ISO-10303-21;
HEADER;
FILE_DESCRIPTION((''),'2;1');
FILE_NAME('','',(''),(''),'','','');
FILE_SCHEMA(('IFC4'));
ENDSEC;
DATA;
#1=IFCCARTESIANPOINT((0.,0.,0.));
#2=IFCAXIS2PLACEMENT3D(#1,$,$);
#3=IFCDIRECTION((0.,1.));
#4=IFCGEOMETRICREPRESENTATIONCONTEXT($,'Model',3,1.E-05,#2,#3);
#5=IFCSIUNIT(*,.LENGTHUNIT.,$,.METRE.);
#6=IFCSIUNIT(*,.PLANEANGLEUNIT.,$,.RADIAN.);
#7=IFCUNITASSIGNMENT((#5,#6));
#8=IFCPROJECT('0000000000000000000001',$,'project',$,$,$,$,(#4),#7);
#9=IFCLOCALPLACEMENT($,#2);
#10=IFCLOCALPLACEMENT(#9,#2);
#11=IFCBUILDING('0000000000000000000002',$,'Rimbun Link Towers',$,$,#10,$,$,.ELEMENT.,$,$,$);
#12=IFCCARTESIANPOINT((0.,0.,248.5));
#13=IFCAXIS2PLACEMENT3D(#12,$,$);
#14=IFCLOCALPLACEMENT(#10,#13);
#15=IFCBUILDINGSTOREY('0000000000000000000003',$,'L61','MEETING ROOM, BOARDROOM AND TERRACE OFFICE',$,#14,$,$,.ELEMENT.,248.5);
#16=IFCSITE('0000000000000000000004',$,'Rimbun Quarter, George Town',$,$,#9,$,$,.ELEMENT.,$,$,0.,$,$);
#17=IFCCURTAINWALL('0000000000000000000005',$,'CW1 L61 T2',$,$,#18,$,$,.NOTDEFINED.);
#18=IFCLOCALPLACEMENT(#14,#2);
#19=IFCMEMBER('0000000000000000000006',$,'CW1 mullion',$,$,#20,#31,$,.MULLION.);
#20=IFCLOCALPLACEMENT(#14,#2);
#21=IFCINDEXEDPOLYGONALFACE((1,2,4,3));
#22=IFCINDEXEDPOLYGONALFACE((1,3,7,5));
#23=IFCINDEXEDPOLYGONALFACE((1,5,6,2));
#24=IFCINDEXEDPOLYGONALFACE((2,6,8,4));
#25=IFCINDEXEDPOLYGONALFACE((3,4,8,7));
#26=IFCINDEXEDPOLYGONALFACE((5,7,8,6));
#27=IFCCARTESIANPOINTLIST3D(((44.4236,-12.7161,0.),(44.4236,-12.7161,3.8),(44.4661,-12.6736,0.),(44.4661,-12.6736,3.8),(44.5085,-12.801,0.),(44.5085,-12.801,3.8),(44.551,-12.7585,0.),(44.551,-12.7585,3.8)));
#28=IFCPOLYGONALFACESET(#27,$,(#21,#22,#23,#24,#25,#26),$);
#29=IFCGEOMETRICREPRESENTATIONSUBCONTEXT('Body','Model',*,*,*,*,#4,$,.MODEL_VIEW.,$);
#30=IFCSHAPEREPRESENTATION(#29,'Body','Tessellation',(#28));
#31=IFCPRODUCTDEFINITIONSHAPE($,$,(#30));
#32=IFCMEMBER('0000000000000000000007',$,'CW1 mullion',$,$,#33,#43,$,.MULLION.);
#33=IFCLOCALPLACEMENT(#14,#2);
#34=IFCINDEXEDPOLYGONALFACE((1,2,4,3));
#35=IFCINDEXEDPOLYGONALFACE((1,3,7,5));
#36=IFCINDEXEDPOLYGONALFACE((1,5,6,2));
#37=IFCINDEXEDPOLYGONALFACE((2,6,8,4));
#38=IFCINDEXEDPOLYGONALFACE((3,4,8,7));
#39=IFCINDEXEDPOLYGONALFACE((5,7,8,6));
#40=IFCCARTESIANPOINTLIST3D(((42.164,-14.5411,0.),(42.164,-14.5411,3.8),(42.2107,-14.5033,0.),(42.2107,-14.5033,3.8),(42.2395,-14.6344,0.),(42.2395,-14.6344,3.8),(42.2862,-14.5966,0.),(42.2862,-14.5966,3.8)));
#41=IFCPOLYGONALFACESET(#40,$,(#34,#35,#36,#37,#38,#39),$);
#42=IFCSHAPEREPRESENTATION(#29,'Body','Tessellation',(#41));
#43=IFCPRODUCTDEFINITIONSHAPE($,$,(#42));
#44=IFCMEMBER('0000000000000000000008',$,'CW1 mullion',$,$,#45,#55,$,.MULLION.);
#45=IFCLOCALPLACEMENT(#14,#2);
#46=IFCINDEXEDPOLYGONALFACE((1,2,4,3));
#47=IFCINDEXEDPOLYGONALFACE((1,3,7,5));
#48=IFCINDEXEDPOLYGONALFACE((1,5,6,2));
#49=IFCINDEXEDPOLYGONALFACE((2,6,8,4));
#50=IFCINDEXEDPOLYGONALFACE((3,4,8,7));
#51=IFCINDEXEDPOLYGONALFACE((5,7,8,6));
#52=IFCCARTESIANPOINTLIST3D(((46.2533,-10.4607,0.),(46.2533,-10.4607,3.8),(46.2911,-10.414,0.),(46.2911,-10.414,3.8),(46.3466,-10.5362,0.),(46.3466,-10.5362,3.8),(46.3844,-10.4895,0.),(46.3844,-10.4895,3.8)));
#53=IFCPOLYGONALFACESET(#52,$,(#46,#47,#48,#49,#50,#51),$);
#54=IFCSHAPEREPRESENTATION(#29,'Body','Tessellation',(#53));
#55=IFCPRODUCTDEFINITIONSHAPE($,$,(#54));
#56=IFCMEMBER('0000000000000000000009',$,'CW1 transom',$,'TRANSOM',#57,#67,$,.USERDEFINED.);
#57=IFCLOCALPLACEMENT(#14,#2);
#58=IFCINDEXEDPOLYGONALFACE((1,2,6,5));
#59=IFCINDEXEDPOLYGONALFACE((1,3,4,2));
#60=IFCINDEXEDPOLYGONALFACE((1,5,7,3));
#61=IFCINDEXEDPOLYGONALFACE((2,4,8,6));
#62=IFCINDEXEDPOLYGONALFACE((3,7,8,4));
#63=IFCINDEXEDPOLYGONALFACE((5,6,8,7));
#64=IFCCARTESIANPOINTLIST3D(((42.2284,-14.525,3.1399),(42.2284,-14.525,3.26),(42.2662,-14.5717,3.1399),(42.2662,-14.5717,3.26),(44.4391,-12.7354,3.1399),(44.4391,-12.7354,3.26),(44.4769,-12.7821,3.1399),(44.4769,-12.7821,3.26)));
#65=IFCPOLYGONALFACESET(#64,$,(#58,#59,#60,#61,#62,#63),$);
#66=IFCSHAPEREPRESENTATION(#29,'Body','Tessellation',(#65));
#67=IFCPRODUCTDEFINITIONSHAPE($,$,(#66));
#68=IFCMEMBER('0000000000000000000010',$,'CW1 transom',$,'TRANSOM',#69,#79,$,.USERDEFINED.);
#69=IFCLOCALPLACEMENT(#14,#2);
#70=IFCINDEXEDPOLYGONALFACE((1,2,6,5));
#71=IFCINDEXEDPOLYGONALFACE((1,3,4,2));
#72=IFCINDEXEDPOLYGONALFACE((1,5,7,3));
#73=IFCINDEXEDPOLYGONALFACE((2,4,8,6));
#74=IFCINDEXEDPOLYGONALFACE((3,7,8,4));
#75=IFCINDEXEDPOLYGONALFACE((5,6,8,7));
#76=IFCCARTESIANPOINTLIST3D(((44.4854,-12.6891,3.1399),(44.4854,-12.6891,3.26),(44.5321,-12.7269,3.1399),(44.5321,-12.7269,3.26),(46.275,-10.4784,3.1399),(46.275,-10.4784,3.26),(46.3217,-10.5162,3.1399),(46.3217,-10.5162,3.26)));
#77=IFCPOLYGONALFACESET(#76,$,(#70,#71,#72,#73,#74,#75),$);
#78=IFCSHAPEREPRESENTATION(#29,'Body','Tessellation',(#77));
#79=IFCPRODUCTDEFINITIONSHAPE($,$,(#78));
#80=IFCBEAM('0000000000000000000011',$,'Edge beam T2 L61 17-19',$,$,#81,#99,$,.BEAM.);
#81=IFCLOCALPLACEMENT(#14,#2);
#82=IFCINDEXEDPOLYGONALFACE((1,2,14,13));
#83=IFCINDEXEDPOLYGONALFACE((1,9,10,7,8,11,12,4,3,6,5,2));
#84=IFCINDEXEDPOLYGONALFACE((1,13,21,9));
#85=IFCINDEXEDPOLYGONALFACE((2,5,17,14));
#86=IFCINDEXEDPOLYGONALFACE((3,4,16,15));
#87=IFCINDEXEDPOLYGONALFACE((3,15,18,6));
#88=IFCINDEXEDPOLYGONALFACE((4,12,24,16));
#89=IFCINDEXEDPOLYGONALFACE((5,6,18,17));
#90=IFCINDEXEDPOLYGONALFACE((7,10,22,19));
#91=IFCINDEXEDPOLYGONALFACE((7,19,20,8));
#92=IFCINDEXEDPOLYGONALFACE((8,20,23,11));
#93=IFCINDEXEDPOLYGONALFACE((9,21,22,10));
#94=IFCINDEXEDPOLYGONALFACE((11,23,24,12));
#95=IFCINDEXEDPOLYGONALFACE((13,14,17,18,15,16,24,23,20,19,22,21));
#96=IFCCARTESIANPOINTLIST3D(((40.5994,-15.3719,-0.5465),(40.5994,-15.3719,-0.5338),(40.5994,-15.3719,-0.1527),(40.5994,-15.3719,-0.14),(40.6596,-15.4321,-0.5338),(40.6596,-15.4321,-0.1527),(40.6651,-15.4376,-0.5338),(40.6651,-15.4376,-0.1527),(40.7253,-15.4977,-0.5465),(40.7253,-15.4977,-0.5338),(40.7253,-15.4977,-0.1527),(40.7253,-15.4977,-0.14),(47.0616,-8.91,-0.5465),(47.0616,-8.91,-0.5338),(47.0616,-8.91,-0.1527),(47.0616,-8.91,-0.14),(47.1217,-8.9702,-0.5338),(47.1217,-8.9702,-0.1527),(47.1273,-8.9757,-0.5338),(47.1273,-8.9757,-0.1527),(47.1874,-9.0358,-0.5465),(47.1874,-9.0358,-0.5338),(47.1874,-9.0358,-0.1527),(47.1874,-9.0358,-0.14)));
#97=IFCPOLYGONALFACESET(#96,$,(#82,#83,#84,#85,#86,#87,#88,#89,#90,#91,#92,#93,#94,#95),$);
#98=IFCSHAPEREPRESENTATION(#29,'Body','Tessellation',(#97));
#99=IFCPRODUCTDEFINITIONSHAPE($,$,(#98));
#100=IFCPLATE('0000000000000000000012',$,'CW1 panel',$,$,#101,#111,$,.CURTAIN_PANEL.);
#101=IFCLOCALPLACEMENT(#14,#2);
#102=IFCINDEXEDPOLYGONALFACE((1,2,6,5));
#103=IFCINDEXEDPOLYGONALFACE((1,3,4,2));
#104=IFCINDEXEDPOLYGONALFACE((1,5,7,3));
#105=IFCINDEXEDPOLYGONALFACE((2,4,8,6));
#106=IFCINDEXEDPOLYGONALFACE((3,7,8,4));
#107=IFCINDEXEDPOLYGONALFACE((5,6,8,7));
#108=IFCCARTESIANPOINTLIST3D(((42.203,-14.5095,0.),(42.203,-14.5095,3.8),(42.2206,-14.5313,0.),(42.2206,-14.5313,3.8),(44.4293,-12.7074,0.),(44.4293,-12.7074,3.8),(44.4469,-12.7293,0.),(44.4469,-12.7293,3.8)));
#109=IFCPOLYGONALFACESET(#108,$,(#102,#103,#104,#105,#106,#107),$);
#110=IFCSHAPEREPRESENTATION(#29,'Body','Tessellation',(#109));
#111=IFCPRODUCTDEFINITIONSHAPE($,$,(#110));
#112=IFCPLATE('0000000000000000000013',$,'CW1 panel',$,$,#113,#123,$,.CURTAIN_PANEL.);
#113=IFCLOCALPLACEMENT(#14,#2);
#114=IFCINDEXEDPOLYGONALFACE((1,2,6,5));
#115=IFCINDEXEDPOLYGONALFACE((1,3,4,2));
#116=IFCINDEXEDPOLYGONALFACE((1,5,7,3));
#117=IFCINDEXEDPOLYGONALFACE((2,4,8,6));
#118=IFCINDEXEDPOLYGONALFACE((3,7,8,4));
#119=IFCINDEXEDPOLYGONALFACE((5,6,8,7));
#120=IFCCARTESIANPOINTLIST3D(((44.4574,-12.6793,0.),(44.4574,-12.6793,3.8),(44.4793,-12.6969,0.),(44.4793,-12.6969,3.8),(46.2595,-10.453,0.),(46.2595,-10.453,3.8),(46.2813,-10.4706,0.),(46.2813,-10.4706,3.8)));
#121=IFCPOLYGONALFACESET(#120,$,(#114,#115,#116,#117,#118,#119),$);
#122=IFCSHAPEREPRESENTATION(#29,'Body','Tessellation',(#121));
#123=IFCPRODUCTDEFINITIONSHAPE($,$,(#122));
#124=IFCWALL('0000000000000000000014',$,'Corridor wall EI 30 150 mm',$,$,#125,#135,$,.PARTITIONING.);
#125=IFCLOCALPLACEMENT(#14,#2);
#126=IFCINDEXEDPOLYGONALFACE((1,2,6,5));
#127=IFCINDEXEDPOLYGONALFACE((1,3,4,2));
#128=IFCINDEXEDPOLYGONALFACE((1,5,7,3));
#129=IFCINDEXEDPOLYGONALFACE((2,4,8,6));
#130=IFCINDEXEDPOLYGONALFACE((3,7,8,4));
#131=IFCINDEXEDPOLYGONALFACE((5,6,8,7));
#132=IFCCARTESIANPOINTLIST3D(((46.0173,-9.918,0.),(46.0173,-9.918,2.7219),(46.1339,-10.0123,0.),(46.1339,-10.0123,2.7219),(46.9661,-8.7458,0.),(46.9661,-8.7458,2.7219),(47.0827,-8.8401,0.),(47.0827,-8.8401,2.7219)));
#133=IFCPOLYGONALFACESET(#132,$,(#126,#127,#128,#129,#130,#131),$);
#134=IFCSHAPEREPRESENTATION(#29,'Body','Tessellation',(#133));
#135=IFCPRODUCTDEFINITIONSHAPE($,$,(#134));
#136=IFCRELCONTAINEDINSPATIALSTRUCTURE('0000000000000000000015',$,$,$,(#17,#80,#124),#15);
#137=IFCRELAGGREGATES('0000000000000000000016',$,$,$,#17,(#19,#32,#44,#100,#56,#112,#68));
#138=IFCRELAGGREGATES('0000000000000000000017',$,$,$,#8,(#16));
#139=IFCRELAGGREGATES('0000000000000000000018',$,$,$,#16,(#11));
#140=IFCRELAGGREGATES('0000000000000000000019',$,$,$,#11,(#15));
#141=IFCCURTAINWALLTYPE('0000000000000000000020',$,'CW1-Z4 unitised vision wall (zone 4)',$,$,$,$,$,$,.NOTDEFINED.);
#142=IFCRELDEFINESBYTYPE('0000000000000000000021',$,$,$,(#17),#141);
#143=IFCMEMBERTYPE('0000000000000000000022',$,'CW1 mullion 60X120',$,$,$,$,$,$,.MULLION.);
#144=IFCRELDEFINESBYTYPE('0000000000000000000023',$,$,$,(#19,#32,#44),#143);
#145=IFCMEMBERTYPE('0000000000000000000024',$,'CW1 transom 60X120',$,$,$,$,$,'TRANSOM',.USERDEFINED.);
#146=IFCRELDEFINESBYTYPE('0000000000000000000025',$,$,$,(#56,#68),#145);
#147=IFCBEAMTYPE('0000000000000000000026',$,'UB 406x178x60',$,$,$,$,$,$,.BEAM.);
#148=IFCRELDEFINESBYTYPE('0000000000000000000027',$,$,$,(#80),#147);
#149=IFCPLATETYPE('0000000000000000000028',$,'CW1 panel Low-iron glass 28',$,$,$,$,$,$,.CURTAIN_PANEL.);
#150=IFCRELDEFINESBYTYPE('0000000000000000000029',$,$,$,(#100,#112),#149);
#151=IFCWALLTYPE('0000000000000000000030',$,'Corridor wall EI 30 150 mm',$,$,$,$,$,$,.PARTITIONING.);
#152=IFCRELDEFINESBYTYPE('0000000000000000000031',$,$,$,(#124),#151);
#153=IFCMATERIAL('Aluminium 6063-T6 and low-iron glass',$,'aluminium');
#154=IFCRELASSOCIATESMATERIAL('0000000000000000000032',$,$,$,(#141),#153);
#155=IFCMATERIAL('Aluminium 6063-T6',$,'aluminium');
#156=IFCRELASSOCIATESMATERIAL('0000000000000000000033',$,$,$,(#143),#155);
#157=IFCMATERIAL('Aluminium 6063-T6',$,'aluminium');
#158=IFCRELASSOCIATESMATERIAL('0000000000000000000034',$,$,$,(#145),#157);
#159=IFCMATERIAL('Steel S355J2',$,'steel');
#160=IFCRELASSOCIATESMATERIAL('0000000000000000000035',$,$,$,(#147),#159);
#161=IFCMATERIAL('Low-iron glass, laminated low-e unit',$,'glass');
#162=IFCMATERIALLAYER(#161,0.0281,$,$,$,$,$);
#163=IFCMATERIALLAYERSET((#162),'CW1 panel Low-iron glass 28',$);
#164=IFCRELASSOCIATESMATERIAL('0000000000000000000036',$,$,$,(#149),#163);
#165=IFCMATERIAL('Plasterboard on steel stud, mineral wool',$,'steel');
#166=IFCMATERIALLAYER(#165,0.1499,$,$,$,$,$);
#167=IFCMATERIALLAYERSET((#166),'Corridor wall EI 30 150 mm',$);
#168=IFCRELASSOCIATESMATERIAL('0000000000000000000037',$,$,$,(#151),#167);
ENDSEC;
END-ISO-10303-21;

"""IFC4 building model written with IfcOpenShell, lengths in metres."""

from ifc_helpers import new_model, si_unit, direction, frame, frame_2d, origin, origin_2d, place, context, subcontext, project, spatial, rectangle, i_section, extrude, material, layer, layer_set, material_profile, profile_set, type_object, element, aggregate, save


model = new_model("IFC4")

# Units and contexts
model_context = context("Model", 3, precision=1e-05, world=origin(), true_north=direction((0.0, 1.0)))
body_context = subcontext(model_context, "Body", "Model", "MODEL_VIEW")
ifc_project = project(units=[si_unit("LENGTHUNIT", "METRE"), si_unit("PLANEANGLEUNIT", "RADIAN")], contexts=[model_context])

# Site, building, storey
site_placement = place(None, origin())
site = spatial("IfcSite", under=ifc_project, at=site_placement, Name="Rimbun Quarter, George Town", CompositionType="ELEMENT", RefElevation=0.0)
building_placement = place(site_placement, origin())
building = spatial("IfcBuilding", under=site, at=building_placement, Name="Rimbun Link Towers", CompositionType="ELEMENT")
storey_placement = place(building_placement, frame((0.0, 0.0, 248.5)))
storey = spatial("IfcBuildingStorey", under=building, at=storey_placement, Name="L61", Description="MEETING ROOM, BOARDROOM AND TERRACE OFFICE", CompositionType="ELEMENT", Elevation=248.5)

# Curtain wall, members
ifc_material_1 = material(Name="Aluminium 6063-T6 and low-iron glass", Category="aluminium")
curtain_wall_type = type_object("IfcCurtainWallType", Name="CW1-Z4 unitised vision wall (zone 4)", PredefinedType="NOTDEFINED", material=ifc_material_1)
curtain_wall_placement = place(storey_placement, origin())
curtain_wall = element("IfcCurtainWall", 1, at=curtain_wall_placement, inside=storey, type_object=curtain_wall_type, Name="CW1 L61 T2", PredefinedType="NOTDEFINED")
ifc_material_2 = material(Name="Aluminium 6063-T6", Category="aluminium")
ifc_material_profile_1 = material_profile(ifc_material_2, rectangle(XDim=0.1201, YDim=0.0601, at=origin_2d()), Name="MULLION 60X120")
ifc_profile_set_1 = profile_set([ifc_material_profile_1], Name="Aluminium 6063-T6")
member_type_1 = type_object("IfcMemberType", Name="CW1 mullion 60X120", PredefinedType="MULLION", material=ifc_profile_set_1)
member_1_placement = place(storey_placement, frame((44.4873, -12.7373, 0.0), z_axis=(0.0, 0.0, 1.0), x_axis=(0.707107, -0.707107, 0.0)))
member_1 = element("IfcMember", 2, at=member_1_placement, type_object=member_type_1, Name="CW1 mullion", PredefinedType="MULLION", context=body_context, shape_type="SweptSolid", body=[
    extrude(rectangle(XDim=0.1201, YDim=0.0601, at=origin_2d()), origin(), (0.0, 0.0, 1.0), 3.8),
])
member_2_placement = place(storey_placement, frame((42.2251, -14.5688, 0.0), z_axis=(0.0, 0.0, 1.0), x_axis=(0.629159, -0.777277, 0.0)))
member_2 = element("IfcMember", 3, at=member_2_placement, type_object=member_type_1, Name="CW1 mullion", PredefinedType="MULLION", context=body_context, shape_type="SweptSolid", body=[
    extrude(rectangle(XDim=0.1201, YDim=0.0601, at=origin_2d()), origin(), (0.0, 0.0, 1.0), 3.8),
])
member_3_placement = place(storey_placement, frame((46.3188, -10.4751, 0.0), z_axis=(0.0, 0.0, 1.0), x_axis=(0.777277, -0.629159, 0.0)))
member_3 = element("IfcMember", 4, at=member_3_placement, type_object=member_type_1, Name="CW1 mullion", PredefinedType="MULLION", context=body_context, shape_type="SweptSolid", body=[
    extrude(rectangle(XDim=0.1201, YDim=0.0601, at=origin_2d()), origin(), (0.0, 0.0, 1.0), 3.8),
])
ifc_material_3 = material(Name="Aluminium 6063-T6", Category="aluminium")
ifc_material_profile_2 = material_profile(ifc_material_3, rectangle(XDim=0.0601, YDim=0.1201, at=origin_2d()), Name="TRANSOM 60X120")
ifc_profile_set_2 = profile_set([ifc_material_profile_2], Name="Aluminium 6063-T6")
member_type_2 = type_object("IfcMemberType", Name="CW1 transom 60X120", ElementType="TRANSOM", PredefinedType="USERDEFINED", material=ifc_profile_set_2)
member_4_placement = place(storey_placement, frame((44.458, -12.7588, 3.2), z_axis=(-0.777255, -0.629186, 0.0), x_axis=(0.629186, -0.777255, 0.0)))
member_4 = element("IfcMember", 5, at=member_4_placement, type_object=member_type_2, Name="CW1 transom", ObjectType="TRANSOM", PredefinedType="USERDEFINED", context=body_context, shape_type="SweptSolid", body=[
    extrude(rectangle(XDim=0.0601, YDim=0.1201, at=origin_2d()), origin(), (0.0, 0.0, 1.0), 2.8442),
])
member_5_placement = place(storey_placement, frame((46.2983, -10.4973, 3.2), z_axis=(-0.629186, -0.777255, 0.0), x_axis=(0.777255, -0.629186, 0.0)))
member_5 = element("IfcMember", 6, at=member_5_placement, type_object=member_type_2, Name="CW1 transom", ObjectType="TRANSOM", PredefinedType="USERDEFINED", context=body_context, shape_type="SweptSolid", body=[
    extrude(rectangle(XDim=0.0601, YDim=0.1201, at=origin_2d()), origin(), (0.0, 0.0, 1.0), 2.8442),
])

# Beam
ifc_material_4 = material(Name="Steel S355J2", Category="steel")
ifc_material_profile_3 = material_profile(ifc_material_4, i_section(OverallWidth=0.178, OverallDepth=0.4065, WebThickness=0.0078, FlangeThickness=0.0127, at=origin_2d()), Name="UB 406x178x60")
ifc_profile_set_3 = profile_set([ifc_material_profile_3], Name="Steel S355J2")
beam_type = type_object("IfcBeamType", Name="UB 406x178x60", PredefinedType="BEAM", material=ifc_profile_set_3)
beam_placement = place(storey_placement, frame((40.6624, -15.4348, -0.3433), z_axis=(0.70712, 0.707093, 0.0), x_axis=(-0.707093, 0.70712, 0.0)))
element("IfcBeam", 7, at=beam_placement, inside=storey, type_object=beam_type, Name="Edge beam T2 L61 17-19", PredefinedType="BEAM", context=body_context, shape_type="SweptSolid", body=[
    extrude(i_section(OverallWidth=0.178, OverallDepth=0.4065, WebThickness=0.0078, FlangeThickness=0.0127, at=origin_2d()), origin(), (0.0, 0.0, 1.0), 9.1387),
])

# Plates
ifc_material_5 = material(Name="Low-iron glass, laminated low-e unit", Category="glass")
ifc_layer_1 = layer(ifc_material_5, 0.0281)
ifc_layer_set_1 = layer_set([ifc_layer_1], Name="CW1 panel Low-iron glass 28")
plate_type = type_object("IfcPlateType", Name="CW1 panel Low-iron glass 28", PredefinedType="CURTAIN_PANEL", material=ifc_layer_set_1)
plate_1_placement = place(storey_placement, frame((43.325, -13.6194, 0.0), z_axis=(0.0, 0.0, 1.0), x_axis=(-0.777277, -0.629159, 0.0)))
plate_1 = element("IfcPlate", 8, at=plate_1_placement, type_object=plate_type, Name="CW1 panel", PredefinedType="CURTAIN_PANEL", context=body_context, shape_type="SweptSolid", body=[
    extrude(rectangle(XDim=2.8643, YDim=0.0281, at=origin_2d()), origin(), (0.0, 0.0, 1.0), 3.8),
])
plate_2_placement = place(storey_placement, frame((45.3694, -11.575, 0.0), z_axis=(0.0, 0.0, 1.0), x_axis=(-0.629159, -0.777277, 0.0)))
plate_2 = element("IfcPlate", 9, at=plate_2_placement, type_object=plate_type, Name="CW1 panel", PredefinedType="CURTAIN_PANEL", context=body_context, shape_type="SweptSolid", body=[
    extrude(rectangle(XDim=2.8643, YDim=0.0281, at=origin_2d()), origin(), (0.0, 0.0, 1.0), 3.8),
])
aggregate(curtain_wall, [member_1, member_2, member_3, plate_1, member_4, plate_2, member_5])

# Wall
ifc_material_6 = material(Name="Plasterboard on steel stud, mineral wool", Category="steel")
ifc_layer_2 = layer(ifc_material_6, 0.1499)
ifc_layer_set_2 = layer_set([ifc_layer_2], Name="Corridor wall EI 30 150 mm")
wall_type = type_object("IfcWallType", Name="Corridor wall EI 30 150 mm", PredefinedType="PARTITIONING", material=ifc_layer_set_2)
wall_1_placement = place(storey_placement, frame((46.0757, -9.9651, 0.0), z_axis=(0.0, 0.0, 1.0), x_axis=(0.629147, 0.777286, 0.0)))
element("IfcWall", 10, at=wall_1_placement, inside=storey, type_object=wall_type, Name="Corridor wall EI 30 150 mm", PredefinedType="PARTITIONING", context=body_context, shape_type="SweptSolid", body=[
    extrude(rectangle(XDim=1.5081, YDim=0.1499, at=frame_2d((0.7539, 0.0))), origin(), (0.0, 0.0, 1.0), 2.7219),
])

save(model, "model.ifc")
